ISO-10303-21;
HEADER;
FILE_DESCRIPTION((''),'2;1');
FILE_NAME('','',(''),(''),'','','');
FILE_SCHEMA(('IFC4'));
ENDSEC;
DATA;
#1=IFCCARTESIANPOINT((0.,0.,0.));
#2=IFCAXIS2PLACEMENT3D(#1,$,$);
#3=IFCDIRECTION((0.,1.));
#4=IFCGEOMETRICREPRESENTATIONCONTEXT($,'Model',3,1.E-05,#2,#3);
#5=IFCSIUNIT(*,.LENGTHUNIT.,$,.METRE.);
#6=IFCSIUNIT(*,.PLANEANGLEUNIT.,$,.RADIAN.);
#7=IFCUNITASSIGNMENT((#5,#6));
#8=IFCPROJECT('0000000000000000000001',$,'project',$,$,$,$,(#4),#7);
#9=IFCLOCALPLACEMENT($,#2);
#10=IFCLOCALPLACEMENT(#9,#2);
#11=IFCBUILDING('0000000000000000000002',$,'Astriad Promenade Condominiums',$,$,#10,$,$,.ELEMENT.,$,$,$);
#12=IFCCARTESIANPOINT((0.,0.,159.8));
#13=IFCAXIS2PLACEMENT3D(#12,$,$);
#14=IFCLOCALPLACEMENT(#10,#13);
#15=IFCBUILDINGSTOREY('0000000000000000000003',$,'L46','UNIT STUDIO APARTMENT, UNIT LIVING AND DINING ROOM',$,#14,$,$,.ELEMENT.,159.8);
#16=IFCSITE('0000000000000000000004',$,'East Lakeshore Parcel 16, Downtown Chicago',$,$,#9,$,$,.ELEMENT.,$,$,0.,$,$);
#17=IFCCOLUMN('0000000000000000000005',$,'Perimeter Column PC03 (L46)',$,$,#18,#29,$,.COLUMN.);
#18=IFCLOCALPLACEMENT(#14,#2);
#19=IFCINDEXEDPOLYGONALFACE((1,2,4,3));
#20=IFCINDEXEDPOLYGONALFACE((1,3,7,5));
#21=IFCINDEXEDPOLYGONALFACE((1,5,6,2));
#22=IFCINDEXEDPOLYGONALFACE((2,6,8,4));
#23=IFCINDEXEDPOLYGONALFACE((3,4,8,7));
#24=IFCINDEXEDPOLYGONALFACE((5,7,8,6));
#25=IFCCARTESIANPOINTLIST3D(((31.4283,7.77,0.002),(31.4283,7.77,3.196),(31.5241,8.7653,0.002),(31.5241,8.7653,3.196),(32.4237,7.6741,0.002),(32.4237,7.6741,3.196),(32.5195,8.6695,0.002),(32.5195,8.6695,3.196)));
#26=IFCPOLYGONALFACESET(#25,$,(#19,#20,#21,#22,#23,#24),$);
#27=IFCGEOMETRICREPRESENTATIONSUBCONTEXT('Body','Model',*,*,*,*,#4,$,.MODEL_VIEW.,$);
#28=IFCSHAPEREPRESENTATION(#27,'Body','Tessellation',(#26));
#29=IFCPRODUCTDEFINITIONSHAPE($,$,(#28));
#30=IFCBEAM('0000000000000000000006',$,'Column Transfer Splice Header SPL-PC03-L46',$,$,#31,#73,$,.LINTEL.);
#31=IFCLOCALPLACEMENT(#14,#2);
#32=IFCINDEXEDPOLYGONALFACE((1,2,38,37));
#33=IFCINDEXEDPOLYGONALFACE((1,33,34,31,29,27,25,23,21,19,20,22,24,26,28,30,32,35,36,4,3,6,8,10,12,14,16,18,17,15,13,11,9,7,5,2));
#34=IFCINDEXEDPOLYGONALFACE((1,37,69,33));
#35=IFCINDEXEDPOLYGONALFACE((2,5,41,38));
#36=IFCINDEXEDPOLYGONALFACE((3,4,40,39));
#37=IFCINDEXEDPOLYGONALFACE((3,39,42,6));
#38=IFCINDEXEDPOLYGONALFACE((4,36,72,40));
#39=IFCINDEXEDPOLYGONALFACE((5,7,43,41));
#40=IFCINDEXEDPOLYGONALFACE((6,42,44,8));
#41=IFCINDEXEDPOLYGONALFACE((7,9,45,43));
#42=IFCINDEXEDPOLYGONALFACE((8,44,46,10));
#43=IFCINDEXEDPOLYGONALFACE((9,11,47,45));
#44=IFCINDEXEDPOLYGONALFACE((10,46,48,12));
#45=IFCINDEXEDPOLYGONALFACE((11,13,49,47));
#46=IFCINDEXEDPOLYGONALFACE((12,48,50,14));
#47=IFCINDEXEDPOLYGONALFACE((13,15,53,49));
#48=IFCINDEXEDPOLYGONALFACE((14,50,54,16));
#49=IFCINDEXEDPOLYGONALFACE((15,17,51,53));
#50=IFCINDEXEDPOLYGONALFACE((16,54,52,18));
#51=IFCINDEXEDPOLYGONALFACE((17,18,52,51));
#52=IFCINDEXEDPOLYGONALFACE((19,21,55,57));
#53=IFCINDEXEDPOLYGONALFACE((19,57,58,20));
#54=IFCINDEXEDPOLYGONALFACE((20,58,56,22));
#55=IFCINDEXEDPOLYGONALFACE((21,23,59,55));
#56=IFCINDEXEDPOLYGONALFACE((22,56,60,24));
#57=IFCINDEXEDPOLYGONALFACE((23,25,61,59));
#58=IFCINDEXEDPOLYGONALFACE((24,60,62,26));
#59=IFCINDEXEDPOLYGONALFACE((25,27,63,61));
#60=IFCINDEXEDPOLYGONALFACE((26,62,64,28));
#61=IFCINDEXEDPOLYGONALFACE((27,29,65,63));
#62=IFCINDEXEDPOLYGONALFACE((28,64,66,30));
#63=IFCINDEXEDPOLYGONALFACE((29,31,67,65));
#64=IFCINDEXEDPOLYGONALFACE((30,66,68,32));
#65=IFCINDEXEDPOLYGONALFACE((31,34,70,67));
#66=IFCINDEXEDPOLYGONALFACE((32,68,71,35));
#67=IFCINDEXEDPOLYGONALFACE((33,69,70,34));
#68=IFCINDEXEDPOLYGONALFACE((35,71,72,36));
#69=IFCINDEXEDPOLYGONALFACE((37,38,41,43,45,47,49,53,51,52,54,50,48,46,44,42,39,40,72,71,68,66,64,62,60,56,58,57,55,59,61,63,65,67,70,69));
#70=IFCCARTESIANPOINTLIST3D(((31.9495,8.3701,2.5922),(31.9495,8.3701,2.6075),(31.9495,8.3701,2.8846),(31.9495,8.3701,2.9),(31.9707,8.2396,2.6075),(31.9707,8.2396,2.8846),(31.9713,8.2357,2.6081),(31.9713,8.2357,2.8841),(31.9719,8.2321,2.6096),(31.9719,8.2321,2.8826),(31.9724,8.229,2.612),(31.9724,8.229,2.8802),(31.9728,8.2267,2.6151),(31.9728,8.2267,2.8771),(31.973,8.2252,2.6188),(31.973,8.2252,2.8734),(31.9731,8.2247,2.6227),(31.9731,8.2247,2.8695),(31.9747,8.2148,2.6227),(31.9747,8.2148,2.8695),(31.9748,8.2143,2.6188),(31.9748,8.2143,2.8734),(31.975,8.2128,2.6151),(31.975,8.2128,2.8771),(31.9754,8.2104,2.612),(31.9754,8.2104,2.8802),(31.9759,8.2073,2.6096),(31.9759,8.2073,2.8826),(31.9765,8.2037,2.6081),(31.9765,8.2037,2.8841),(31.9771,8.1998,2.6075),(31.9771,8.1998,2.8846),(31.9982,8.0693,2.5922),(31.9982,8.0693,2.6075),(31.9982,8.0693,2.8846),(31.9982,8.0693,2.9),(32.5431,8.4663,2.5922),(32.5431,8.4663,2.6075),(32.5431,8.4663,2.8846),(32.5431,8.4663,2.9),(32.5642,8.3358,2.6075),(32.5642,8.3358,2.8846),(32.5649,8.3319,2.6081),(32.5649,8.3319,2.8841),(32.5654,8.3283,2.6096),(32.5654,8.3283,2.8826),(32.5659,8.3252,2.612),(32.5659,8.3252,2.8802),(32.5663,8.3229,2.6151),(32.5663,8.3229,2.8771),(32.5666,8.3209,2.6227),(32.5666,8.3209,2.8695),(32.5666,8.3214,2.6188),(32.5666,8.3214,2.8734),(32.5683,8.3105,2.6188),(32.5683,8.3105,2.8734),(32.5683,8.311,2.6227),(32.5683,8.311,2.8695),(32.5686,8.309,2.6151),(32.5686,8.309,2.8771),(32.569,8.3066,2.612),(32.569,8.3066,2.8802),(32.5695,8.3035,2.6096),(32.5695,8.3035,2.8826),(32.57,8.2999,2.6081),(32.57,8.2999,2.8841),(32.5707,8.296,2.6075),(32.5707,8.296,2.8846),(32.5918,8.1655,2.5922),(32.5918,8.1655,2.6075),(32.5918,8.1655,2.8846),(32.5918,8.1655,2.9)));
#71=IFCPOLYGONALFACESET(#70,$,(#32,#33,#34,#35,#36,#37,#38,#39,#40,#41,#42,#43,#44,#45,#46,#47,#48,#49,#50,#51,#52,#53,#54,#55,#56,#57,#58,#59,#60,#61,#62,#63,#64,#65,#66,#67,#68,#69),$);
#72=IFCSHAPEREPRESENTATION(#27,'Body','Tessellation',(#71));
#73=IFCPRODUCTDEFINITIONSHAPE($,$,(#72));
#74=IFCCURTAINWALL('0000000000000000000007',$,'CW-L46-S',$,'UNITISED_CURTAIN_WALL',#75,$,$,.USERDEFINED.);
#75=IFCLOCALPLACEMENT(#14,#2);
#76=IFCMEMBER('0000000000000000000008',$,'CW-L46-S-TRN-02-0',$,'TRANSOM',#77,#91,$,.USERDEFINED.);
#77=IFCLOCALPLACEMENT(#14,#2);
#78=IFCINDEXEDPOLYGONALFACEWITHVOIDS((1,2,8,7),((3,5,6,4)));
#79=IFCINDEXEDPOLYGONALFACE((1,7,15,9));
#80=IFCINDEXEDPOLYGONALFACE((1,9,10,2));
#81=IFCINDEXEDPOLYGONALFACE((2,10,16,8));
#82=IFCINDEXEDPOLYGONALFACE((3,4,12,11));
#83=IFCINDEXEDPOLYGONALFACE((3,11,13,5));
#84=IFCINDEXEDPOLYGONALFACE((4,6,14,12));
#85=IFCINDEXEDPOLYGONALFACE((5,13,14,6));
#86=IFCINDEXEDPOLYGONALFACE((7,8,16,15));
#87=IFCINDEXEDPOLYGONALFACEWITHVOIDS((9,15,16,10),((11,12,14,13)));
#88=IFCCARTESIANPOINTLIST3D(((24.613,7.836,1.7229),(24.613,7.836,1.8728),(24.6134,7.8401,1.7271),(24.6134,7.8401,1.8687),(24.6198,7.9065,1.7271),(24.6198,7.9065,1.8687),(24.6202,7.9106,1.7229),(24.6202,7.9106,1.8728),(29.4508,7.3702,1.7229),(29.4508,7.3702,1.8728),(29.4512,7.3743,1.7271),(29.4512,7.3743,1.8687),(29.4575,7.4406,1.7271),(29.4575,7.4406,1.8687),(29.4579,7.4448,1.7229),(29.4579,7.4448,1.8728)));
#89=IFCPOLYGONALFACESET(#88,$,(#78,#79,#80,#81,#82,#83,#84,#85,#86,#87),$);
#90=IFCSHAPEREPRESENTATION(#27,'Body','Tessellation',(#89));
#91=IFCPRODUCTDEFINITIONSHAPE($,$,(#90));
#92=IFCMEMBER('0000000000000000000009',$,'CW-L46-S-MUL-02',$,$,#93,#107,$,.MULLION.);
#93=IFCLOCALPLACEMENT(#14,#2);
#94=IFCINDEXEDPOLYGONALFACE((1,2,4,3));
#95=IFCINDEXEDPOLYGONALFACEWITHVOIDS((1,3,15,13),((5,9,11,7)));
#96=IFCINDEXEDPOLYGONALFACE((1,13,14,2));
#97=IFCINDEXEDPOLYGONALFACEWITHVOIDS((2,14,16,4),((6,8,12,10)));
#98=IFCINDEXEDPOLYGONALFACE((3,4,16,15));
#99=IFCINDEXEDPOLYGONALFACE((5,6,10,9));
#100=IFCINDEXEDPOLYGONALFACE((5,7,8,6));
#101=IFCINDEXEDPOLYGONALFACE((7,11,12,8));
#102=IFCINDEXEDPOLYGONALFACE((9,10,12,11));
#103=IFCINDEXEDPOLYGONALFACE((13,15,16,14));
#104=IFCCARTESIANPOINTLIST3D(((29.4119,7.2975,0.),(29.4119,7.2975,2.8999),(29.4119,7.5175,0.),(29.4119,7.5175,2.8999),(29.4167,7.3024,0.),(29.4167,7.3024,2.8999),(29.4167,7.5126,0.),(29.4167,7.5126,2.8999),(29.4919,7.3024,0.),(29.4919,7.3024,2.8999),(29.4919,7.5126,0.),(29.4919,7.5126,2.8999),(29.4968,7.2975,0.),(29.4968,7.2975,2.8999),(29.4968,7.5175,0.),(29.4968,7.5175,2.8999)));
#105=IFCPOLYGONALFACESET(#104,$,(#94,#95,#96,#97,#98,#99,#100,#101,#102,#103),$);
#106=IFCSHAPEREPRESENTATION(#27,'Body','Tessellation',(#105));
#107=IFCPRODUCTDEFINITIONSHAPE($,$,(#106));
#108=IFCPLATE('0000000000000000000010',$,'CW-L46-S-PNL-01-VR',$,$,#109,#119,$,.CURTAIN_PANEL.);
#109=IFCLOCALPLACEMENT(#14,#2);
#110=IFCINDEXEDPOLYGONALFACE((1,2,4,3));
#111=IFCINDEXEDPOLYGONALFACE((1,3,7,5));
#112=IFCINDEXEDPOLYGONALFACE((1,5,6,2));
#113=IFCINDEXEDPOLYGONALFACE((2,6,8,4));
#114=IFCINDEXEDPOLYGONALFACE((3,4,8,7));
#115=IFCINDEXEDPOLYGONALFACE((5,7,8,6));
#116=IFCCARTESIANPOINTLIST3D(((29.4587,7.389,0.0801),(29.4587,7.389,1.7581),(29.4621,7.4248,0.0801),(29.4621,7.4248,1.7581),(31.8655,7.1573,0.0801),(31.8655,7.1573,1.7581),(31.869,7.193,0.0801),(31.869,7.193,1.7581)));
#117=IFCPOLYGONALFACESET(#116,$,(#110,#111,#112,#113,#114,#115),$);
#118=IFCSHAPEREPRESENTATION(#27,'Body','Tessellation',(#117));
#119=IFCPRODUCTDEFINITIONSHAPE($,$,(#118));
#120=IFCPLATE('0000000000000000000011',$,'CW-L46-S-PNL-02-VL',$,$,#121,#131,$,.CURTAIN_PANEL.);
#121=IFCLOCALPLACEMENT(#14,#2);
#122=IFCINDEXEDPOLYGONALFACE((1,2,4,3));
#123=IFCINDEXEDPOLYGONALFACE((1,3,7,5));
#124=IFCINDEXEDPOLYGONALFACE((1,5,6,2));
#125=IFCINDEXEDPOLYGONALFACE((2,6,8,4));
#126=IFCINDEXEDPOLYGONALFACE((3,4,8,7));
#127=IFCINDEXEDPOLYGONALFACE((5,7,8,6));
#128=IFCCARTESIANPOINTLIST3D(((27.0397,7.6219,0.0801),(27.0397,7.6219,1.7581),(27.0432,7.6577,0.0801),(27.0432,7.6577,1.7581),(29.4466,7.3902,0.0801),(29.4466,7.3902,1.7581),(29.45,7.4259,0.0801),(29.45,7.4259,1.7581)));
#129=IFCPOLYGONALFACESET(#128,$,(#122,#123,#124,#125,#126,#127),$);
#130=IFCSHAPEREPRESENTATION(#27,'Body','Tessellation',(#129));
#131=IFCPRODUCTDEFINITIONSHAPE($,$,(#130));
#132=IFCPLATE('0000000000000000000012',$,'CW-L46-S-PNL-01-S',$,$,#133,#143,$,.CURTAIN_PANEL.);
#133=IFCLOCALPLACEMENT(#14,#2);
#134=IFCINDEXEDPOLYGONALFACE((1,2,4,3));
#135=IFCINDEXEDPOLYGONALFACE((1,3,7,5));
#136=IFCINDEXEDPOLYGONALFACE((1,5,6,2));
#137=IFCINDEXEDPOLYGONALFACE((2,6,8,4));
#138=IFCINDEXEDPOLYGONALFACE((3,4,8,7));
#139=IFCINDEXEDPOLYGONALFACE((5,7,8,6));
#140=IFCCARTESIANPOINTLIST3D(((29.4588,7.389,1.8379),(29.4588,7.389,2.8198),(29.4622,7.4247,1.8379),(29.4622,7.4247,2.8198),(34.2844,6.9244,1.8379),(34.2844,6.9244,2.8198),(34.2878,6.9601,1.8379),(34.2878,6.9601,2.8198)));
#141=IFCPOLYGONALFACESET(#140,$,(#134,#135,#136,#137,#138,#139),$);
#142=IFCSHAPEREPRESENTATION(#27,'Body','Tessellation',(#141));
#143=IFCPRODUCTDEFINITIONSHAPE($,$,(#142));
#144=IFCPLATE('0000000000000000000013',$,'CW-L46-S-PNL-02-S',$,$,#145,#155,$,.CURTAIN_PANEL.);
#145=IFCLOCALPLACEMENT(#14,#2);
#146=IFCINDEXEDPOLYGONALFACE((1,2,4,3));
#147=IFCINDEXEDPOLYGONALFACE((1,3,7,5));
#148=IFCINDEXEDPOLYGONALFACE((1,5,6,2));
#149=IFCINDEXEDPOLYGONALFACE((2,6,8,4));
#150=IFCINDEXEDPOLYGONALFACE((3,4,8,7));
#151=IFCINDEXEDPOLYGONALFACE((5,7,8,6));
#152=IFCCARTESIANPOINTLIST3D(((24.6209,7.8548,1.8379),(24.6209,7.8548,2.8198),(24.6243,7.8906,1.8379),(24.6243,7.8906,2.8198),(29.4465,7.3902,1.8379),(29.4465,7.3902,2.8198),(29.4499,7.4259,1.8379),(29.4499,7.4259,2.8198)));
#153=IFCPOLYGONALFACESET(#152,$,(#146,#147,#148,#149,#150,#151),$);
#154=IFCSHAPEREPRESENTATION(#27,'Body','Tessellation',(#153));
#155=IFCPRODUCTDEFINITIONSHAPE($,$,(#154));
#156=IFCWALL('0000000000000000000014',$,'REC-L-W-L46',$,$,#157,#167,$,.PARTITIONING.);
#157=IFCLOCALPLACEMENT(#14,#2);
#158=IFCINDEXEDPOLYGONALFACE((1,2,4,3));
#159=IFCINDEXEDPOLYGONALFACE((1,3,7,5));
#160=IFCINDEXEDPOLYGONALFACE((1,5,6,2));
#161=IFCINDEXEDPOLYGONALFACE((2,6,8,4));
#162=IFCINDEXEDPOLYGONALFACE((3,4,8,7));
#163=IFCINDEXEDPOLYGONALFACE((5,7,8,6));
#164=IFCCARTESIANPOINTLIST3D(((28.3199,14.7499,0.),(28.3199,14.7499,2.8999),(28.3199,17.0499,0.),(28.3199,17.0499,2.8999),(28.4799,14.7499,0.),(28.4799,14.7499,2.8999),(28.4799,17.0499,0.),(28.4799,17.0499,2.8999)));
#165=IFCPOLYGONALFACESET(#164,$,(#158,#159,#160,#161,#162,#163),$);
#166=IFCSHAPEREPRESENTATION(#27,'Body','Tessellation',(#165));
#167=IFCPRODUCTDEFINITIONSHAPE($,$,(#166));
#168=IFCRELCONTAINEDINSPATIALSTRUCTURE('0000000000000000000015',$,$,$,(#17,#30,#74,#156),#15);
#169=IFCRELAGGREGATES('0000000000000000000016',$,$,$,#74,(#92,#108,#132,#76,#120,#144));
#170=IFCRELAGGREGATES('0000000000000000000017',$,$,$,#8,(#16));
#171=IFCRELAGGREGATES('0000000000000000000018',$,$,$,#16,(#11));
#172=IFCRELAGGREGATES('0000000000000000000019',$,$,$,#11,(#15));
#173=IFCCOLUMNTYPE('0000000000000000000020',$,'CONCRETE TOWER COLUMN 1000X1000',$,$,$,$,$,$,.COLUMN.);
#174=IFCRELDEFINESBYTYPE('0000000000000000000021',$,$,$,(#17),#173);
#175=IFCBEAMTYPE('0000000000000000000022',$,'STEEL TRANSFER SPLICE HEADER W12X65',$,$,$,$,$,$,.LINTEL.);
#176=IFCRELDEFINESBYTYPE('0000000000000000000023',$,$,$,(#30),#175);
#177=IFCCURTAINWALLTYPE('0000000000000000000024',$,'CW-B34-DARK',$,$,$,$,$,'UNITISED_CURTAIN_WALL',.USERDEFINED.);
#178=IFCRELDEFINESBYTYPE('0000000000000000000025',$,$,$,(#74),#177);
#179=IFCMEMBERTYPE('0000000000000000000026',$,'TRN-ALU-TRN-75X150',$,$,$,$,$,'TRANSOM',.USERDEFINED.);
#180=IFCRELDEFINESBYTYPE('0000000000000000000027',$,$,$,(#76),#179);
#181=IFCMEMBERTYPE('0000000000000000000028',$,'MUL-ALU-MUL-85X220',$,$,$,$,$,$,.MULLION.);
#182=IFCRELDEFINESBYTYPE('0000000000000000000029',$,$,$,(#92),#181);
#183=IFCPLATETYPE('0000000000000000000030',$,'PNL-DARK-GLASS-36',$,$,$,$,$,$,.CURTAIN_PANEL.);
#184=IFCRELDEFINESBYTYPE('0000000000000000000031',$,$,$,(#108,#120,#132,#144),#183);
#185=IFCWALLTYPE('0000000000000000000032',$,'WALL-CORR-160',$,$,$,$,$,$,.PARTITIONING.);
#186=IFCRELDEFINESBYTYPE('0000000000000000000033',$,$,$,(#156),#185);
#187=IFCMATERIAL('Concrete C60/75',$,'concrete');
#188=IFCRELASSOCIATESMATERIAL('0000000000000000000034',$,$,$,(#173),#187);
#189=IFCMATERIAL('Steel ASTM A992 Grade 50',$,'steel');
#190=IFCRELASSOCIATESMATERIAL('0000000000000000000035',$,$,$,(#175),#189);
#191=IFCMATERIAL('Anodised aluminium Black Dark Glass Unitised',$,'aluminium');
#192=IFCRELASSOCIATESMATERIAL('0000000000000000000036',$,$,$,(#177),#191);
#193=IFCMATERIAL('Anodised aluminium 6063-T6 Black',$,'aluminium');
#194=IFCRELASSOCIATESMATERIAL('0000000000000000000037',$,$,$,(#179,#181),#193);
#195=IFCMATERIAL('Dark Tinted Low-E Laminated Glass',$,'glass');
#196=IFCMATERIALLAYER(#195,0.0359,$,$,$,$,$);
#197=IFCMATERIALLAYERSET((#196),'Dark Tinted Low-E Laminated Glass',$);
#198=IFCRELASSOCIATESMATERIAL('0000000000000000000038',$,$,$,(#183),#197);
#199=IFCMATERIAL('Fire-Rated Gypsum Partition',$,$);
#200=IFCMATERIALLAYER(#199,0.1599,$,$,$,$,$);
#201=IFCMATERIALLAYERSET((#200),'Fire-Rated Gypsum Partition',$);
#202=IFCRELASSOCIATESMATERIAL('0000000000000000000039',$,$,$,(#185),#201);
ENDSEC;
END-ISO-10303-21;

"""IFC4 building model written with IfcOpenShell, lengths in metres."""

from ifc_helpers import new_model, si_unit, direction, frame, frame_2d, origin, origin_2d, place, context, subcontext, project, spatial, rectangle, hollow_rectangle, i_section, extrude, source, transform, mapped, material, layer, layer_set, material_profile, profile_set, type_object, type_shapes, element, aggregate, save


model = new_model("IFC4")

# Units and contexts
model_context = context("Model", 3, precision=1e-05, world=origin(), true_north=direction((0.0, 1.0)))
body_context = subcontext(model_context, "Body", "Model", "MODEL_VIEW")
ifc_project = project(units=[si_unit("LENGTHUNIT", "METRE"), si_unit("PLANEANGLEUNIT", "RADIAN")], contexts=[model_context])

# Site, building, storey
site_placement = place(None, origin())
site = spatial("IfcSite", under=ifc_project, at=site_placement, Name="East Lakeshore Parcel 16, Downtown Chicago", CompositionType="ELEMENT", RefElevation=0.0)
building_placement = place(site_placement, origin())
building = spatial("IfcBuilding", under=site, at=building_placement, Name="Astriad Promenade Condominiums", CompositionType="ELEMENT")
storey_placement = place(building_placement, frame((0.0, 0.0, 159.8)))
storey = spatial("IfcBuildingStorey", under=building, at=storey_placement, Name="L46", Description="UNIT STUDIO APARTMENT, UNIT LIVING AND DINING ROOM", CompositionType="ELEMENT", Elevation=159.8)

# Column
ifc_material_1 = material(Name="Concrete C60/75", Category="concrete")
ifc_material_profile_1 = material_profile(ifc_material_1, rectangle(XDim=1.0, YDim=1.0, at=origin_2d()), Name="RC-COL-1000X1000")
ifc_profile_set_1 = profile_set([ifc_material_profile_1], Name="Concrete C60/75")
column_type = type_object("IfcColumnType", Name="CONCRETE TOWER COLUMN 1000X1000", PredefinedType="COLUMN", material=ifc_profile_set_1)
shared_shape_1 = source(origin(), body_context, "Body", "SweptSolid", [
    extrude(rectangle(XDim=1.0, YDim=1.0, at=origin_2d()), origin(), (0.0, 0.0, 1.0), 3.1941),
])
type_shapes(column_type, [shared_shape_1])
column_placement = place(storey_placement, frame((31.9739, 8.2197, 0.002), z_axis=(0.0, 0.0, 1.0), x_axis=(0.995396, -0.095846, 0.0)))
element("IfcColumn", 1, at=column_placement, inside=storey, type_object=column_type, Name="Perimeter Column PC03 (L46)", PredefinedType="COLUMN", context=body_context, shape_type="MappedRepresentation", body=[
    mapped(shared_shape_1, transform((0.0, 0.0, 0.0), scale=1.0)),
])

# Beam
ifc_material_2 = material(Name="Steel ASTM A992 Grade 50", Category="steel")
ifc_material_profile_2 = material_profile(ifc_material_2, i_section(OverallWidth=0.3047, OverallDepth=0.3079, WebThickness=0.01, FlangeThickness=0.0154, FilletRadius=0.0151, at=origin_2d()), Name="W12X65")
ifc_profile_set_2 = profile_set([ifc_material_profile_2], Name="Steel ASTM A992 Grade 50")
beam_type = type_object("IfcBeamType", Name="STEEL TRANSFER SPLICE HEADER W12X65", PredefinedType="LINTEL", material=ifc_profile_set_2)
shared_shape_2 = source(origin(), body_context, "Body", "SweptSolid", [
    extrude(i_section(OverallWidth=0.3047, OverallDepth=0.3079, WebThickness=0.01, FlangeThickness=0.0154, FilletRadius=0.0151, at=origin_2d()), origin(), (0.0, 0.0, 1.0), 0.6013),
])
type_shapes(beam_type, [shared_shape_2])
beam_placement = place(storey_placement, frame((31.9739, 8.2197, 2.7461), z_axis=(0.987119, 0.159986, 0.0), x_axis=(-0.159986, 0.987119, 0.0)))
element("IfcBeam", 2, at=beam_placement, inside=storey, type_object=beam_type, Name="Column Transfer Splice Header SPL-PC03-L46", PredefinedType="LINTEL", context=body_context, shape_type="MappedRepresentation", body=[
    mapped(shared_shape_2, transform((0.0, 0.0, 0.0), scale=1.0)),
])

# Curtain wall, members, plates
ifc_material_3 = material(Name="Anodised aluminium Black Dark Glass Unitised", Category="aluminium")
curtain_wall_type = type_object("IfcCurtainWallType", Name="CW-B34-DARK", ElementType="UNITISED_CURTAIN_WALL", PredefinedType="USERDEFINED", material=ifc_material_3)
curtain_wall_placement = place(storey_placement, origin())
curtain_wall = element("IfcCurtainWall", 3, at=curtain_wall_placement, inside=storey, type_object=curtain_wall_type, Name="CW-L46-S", ObjectType="UNITISED_CURTAIN_WALL", PredefinedType="USERDEFINED")
ifc_material_4 = material(Name="Anodised aluminium 6063-T6 Black", Category="aluminium")
ifc_material_profile_3 = material_profile(ifc_material_4, hollow_rectangle(XDim=0.075, YDim=0.1499, WallThickness=0.0042, at=origin_2d()), Name="ALU-TRN-75X150")
ifc_profile_set_3 = profile_set([ifc_material_profile_3], Name="Anodised aluminium 6063-T6 Black")
member_type_1 = type_object("IfcMemberType", Name="TRN-ALU-TRN-75X150", ElementType="TRANSOM", PredefinedType="USERDEFINED", material=ifc_profile_set_3)
shared_shape_3 = source(origin(), body_context, "Body", "SweptSolid", [
    extrude(hollow_rectangle(XDim=0.075, YDim=0.1499, WallThickness=0.0042, at=origin_2d()), origin(), (0.0, 0.0, 1.0), 4.8601),
])
type_shapes(member_type_1, [shared_shape_3])
member_1_placement = place(storey_placement, frame((29.4543, 7.4075, 1.7979), z_axis=(-0.995396, 0.095847, 0.0), x_axis=(-0.095847, -0.995396, 0.0)))
member_1 = element("IfcMember", 4, at=member_1_placement, type_object=member_type_1, Name="CW-L46-S-TRN-02-0", ObjectType="TRANSOM", PredefinedType="USERDEFINED", context=body_context, shape_type="MappedRepresentation", body=[
    mapped(shared_shape_3, transform((0.0, 0.0, 0.0), scale=1.0)),
])
ifc_material_profile_4 = material_profile(ifc_material_4, hollow_rectangle(XDim=0.085, YDim=0.22, WallThickness=0.0049, at=origin_2d()), Name="ALU-MUL-85X220")
ifc_profile_set_4 = profile_set([ifc_material_profile_4], Name="Anodised aluminium 6063-T6 Black")
member_type_2 = type_object("IfcMemberType", Name="MUL-ALU-MUL-85X220", PredefinedType="MULLION", material=ifc_profile_set_4)
shared_shape_4 = source(origin(), body_context, "Body", "SweptSolid", [
    extrude(hollow_rectangle(XDim=0.085, YDim=0.22, WallThickness=0.0049, at=origin_2d()), origin(), (0.0, 0.0, 1.0), 2.8999),
])
type_shapes(member_type_2, [shared_shape_4])
member_2_placement = place(storey_placement, frame((29.4543, 7.4075, 0.0), z_axis=(0.0, 0.0, 1.0), x_axis=(1.0, 0.0, 0.0)))
member_2 = element("IfcMember", 5, at=member_2_placement, type_object=member_type_2, Name="CW-L46-S-MUL-02", PredefinedType="MULLION", context=body_context, shape_type="MappedRepresentation", body=[
    mapped(shared_shape_4, transform((0.0, 0.0, 0.0), scale=1.0)),
])
ifc_material_5 = material(Name="Dark Tinted Low-E Laminated Glass", Category="glass")
ifc_layer_1 = layer(ifc_material_5, 0.0359)
ifc_layer_set_1 = layer_set([ifc_layer_1], Name="Dark Tinted Low-E Laminated Glass")
plate_type = type_object("IfcPlateType", Name="PNL-DARK-GLASS-36", PredefinedType="CURTAIN_PANEL", material=ifc_layer_set_1)
shared_shape_5 = source(origin(), body_context, "Body", "SweptSolid", [
    extrude(rectangle(XDim=2.418, YDim=0.0359, at=origin_2d()), origin(), (0.0, 0.0, 1.0), 1.678),
])
plate_1_placement = place(storey_placement, frame((30.6638, 7.291, 0.0801), z_axis=(0.0, 0.0, 1.0), x_axis=(-0.995396, 0.095846, 0.0)))
plate_1 = element("IfcPlate", 6, at=plate_1_placement, type_object=plate_type, Name="CW-L46-S-PNL-01-VR", PredefinedType="CURTAIN_PANEL", context=body_context, shape_type="MappedRepresentation", body=[
    mapped(shared_shape_5, transform((0.0, 0.0, 0.0), scale=1.0)),
])
plate_2_placement = place(storey_placement, frame((28.2449, 7.5239, 0.0801), z_axis=(0.0, 0.0, 1.0), x_axis=(-0.995396, 0.095846, 0.0)))
plate_2 = element("IfcPlate", 7, at=plate_2_placement, type_object=plate_type, Name="CW-L46-S-PNL-02-VL", PredefinedType="CURTAIN_PANEL", context=body_context, shape_type="MappedRepresentation", body=[
    mapped(shared_shape_5, transform((0.0, 0.0, 0.0), scale=1.0)),
])
shared_shape_6 = source(origin(), body_context, "Body", "SweptSolid", [
    extrude(rectangle(XDim=4.8479, YDim=0.0359, at=origin_2d()), origin(), (0.0, 0.0, 1.0), 0.9819),
])
type_shapes(plate_type, [shared_shape_5, shared_shape_6])
plate_3_placement = place(storey_placement, frame((31.8733, 7.1746, 1.8379), z_axis=(0.0, 0.0, 1.0), x_axis=(-0.995396, 0.095846, 0.0)))
plate_3 = element("IfcPlate", 8, at=plate_3_placement, type_object=plate_type, Name="CW-L46-S-PNL-01-S", PredefinedType="CURTAIN_PANEL", context=body_context, shape_type="MappedRepresentation", body=[
    mapped(shared_shape_6, transform((0.0, 0.0, 0.0), scale=1.0)),
])
plate_4_placement = place(storey_placement, frame((27.0354, 7.6404, 1.8379), z_axis=(0.0, 0.0, 1.0), x_axis=(-0.995396, 0.095846, 0.0)))
plate_4 = element("IfcPlate", 9, at=plate_4_placement, type_object=plate_type, Name="CW-L46-S-PNL-02-S", PredefinedType="CURTAIN_PANEL", context=body_context, shape_type="MappedRepresentation", body=[
    mapped(shared_shape_6, transform((0.0, 0.0, 0.0), scale=1.0)),
])
aggregate(curtain_wall, [member_2, plate_1, plate_3, member_1, plate_2, plate_4])

# Wall
ifc_material_6 = material(Name="Fire-Rated Gypsum Partition")
ifc_layer_2 = layer(ifc_material_6, 0.1599)
ifc_layer_set_2 = layer_set([ifc_layer_2], Name="Fire-Rated Gypsum Partition")
wall_type_1 = type_object("IfcWallType", Name="WALL-CORR-160", PredefinedType="PARTITIONING", material=ifc_layer_set_2)
wall_1_placement = place(storey_placement, frame((28.3999, 14.75, 0.0), z_axis=(0.0, 0.0, 1.0), x_axis=(0.0, 1.0, 0.0)))
element("IfcWall", 10, at=wall_1_placement, inside=storey, type_object=wall_type_1, Name="REC-L-W-L46", PredefinedType="PARTITIONING", context=body_context, shape_type="SweptSolid", body=[
    extrude(rectangle(XDim=2.3, YDim=0.1599, at=frame_2d((1.1499, 0.0))), origin(), (0.0, 0.0, 1.0), 2.8999),
])

save(model, "model.ifc")
